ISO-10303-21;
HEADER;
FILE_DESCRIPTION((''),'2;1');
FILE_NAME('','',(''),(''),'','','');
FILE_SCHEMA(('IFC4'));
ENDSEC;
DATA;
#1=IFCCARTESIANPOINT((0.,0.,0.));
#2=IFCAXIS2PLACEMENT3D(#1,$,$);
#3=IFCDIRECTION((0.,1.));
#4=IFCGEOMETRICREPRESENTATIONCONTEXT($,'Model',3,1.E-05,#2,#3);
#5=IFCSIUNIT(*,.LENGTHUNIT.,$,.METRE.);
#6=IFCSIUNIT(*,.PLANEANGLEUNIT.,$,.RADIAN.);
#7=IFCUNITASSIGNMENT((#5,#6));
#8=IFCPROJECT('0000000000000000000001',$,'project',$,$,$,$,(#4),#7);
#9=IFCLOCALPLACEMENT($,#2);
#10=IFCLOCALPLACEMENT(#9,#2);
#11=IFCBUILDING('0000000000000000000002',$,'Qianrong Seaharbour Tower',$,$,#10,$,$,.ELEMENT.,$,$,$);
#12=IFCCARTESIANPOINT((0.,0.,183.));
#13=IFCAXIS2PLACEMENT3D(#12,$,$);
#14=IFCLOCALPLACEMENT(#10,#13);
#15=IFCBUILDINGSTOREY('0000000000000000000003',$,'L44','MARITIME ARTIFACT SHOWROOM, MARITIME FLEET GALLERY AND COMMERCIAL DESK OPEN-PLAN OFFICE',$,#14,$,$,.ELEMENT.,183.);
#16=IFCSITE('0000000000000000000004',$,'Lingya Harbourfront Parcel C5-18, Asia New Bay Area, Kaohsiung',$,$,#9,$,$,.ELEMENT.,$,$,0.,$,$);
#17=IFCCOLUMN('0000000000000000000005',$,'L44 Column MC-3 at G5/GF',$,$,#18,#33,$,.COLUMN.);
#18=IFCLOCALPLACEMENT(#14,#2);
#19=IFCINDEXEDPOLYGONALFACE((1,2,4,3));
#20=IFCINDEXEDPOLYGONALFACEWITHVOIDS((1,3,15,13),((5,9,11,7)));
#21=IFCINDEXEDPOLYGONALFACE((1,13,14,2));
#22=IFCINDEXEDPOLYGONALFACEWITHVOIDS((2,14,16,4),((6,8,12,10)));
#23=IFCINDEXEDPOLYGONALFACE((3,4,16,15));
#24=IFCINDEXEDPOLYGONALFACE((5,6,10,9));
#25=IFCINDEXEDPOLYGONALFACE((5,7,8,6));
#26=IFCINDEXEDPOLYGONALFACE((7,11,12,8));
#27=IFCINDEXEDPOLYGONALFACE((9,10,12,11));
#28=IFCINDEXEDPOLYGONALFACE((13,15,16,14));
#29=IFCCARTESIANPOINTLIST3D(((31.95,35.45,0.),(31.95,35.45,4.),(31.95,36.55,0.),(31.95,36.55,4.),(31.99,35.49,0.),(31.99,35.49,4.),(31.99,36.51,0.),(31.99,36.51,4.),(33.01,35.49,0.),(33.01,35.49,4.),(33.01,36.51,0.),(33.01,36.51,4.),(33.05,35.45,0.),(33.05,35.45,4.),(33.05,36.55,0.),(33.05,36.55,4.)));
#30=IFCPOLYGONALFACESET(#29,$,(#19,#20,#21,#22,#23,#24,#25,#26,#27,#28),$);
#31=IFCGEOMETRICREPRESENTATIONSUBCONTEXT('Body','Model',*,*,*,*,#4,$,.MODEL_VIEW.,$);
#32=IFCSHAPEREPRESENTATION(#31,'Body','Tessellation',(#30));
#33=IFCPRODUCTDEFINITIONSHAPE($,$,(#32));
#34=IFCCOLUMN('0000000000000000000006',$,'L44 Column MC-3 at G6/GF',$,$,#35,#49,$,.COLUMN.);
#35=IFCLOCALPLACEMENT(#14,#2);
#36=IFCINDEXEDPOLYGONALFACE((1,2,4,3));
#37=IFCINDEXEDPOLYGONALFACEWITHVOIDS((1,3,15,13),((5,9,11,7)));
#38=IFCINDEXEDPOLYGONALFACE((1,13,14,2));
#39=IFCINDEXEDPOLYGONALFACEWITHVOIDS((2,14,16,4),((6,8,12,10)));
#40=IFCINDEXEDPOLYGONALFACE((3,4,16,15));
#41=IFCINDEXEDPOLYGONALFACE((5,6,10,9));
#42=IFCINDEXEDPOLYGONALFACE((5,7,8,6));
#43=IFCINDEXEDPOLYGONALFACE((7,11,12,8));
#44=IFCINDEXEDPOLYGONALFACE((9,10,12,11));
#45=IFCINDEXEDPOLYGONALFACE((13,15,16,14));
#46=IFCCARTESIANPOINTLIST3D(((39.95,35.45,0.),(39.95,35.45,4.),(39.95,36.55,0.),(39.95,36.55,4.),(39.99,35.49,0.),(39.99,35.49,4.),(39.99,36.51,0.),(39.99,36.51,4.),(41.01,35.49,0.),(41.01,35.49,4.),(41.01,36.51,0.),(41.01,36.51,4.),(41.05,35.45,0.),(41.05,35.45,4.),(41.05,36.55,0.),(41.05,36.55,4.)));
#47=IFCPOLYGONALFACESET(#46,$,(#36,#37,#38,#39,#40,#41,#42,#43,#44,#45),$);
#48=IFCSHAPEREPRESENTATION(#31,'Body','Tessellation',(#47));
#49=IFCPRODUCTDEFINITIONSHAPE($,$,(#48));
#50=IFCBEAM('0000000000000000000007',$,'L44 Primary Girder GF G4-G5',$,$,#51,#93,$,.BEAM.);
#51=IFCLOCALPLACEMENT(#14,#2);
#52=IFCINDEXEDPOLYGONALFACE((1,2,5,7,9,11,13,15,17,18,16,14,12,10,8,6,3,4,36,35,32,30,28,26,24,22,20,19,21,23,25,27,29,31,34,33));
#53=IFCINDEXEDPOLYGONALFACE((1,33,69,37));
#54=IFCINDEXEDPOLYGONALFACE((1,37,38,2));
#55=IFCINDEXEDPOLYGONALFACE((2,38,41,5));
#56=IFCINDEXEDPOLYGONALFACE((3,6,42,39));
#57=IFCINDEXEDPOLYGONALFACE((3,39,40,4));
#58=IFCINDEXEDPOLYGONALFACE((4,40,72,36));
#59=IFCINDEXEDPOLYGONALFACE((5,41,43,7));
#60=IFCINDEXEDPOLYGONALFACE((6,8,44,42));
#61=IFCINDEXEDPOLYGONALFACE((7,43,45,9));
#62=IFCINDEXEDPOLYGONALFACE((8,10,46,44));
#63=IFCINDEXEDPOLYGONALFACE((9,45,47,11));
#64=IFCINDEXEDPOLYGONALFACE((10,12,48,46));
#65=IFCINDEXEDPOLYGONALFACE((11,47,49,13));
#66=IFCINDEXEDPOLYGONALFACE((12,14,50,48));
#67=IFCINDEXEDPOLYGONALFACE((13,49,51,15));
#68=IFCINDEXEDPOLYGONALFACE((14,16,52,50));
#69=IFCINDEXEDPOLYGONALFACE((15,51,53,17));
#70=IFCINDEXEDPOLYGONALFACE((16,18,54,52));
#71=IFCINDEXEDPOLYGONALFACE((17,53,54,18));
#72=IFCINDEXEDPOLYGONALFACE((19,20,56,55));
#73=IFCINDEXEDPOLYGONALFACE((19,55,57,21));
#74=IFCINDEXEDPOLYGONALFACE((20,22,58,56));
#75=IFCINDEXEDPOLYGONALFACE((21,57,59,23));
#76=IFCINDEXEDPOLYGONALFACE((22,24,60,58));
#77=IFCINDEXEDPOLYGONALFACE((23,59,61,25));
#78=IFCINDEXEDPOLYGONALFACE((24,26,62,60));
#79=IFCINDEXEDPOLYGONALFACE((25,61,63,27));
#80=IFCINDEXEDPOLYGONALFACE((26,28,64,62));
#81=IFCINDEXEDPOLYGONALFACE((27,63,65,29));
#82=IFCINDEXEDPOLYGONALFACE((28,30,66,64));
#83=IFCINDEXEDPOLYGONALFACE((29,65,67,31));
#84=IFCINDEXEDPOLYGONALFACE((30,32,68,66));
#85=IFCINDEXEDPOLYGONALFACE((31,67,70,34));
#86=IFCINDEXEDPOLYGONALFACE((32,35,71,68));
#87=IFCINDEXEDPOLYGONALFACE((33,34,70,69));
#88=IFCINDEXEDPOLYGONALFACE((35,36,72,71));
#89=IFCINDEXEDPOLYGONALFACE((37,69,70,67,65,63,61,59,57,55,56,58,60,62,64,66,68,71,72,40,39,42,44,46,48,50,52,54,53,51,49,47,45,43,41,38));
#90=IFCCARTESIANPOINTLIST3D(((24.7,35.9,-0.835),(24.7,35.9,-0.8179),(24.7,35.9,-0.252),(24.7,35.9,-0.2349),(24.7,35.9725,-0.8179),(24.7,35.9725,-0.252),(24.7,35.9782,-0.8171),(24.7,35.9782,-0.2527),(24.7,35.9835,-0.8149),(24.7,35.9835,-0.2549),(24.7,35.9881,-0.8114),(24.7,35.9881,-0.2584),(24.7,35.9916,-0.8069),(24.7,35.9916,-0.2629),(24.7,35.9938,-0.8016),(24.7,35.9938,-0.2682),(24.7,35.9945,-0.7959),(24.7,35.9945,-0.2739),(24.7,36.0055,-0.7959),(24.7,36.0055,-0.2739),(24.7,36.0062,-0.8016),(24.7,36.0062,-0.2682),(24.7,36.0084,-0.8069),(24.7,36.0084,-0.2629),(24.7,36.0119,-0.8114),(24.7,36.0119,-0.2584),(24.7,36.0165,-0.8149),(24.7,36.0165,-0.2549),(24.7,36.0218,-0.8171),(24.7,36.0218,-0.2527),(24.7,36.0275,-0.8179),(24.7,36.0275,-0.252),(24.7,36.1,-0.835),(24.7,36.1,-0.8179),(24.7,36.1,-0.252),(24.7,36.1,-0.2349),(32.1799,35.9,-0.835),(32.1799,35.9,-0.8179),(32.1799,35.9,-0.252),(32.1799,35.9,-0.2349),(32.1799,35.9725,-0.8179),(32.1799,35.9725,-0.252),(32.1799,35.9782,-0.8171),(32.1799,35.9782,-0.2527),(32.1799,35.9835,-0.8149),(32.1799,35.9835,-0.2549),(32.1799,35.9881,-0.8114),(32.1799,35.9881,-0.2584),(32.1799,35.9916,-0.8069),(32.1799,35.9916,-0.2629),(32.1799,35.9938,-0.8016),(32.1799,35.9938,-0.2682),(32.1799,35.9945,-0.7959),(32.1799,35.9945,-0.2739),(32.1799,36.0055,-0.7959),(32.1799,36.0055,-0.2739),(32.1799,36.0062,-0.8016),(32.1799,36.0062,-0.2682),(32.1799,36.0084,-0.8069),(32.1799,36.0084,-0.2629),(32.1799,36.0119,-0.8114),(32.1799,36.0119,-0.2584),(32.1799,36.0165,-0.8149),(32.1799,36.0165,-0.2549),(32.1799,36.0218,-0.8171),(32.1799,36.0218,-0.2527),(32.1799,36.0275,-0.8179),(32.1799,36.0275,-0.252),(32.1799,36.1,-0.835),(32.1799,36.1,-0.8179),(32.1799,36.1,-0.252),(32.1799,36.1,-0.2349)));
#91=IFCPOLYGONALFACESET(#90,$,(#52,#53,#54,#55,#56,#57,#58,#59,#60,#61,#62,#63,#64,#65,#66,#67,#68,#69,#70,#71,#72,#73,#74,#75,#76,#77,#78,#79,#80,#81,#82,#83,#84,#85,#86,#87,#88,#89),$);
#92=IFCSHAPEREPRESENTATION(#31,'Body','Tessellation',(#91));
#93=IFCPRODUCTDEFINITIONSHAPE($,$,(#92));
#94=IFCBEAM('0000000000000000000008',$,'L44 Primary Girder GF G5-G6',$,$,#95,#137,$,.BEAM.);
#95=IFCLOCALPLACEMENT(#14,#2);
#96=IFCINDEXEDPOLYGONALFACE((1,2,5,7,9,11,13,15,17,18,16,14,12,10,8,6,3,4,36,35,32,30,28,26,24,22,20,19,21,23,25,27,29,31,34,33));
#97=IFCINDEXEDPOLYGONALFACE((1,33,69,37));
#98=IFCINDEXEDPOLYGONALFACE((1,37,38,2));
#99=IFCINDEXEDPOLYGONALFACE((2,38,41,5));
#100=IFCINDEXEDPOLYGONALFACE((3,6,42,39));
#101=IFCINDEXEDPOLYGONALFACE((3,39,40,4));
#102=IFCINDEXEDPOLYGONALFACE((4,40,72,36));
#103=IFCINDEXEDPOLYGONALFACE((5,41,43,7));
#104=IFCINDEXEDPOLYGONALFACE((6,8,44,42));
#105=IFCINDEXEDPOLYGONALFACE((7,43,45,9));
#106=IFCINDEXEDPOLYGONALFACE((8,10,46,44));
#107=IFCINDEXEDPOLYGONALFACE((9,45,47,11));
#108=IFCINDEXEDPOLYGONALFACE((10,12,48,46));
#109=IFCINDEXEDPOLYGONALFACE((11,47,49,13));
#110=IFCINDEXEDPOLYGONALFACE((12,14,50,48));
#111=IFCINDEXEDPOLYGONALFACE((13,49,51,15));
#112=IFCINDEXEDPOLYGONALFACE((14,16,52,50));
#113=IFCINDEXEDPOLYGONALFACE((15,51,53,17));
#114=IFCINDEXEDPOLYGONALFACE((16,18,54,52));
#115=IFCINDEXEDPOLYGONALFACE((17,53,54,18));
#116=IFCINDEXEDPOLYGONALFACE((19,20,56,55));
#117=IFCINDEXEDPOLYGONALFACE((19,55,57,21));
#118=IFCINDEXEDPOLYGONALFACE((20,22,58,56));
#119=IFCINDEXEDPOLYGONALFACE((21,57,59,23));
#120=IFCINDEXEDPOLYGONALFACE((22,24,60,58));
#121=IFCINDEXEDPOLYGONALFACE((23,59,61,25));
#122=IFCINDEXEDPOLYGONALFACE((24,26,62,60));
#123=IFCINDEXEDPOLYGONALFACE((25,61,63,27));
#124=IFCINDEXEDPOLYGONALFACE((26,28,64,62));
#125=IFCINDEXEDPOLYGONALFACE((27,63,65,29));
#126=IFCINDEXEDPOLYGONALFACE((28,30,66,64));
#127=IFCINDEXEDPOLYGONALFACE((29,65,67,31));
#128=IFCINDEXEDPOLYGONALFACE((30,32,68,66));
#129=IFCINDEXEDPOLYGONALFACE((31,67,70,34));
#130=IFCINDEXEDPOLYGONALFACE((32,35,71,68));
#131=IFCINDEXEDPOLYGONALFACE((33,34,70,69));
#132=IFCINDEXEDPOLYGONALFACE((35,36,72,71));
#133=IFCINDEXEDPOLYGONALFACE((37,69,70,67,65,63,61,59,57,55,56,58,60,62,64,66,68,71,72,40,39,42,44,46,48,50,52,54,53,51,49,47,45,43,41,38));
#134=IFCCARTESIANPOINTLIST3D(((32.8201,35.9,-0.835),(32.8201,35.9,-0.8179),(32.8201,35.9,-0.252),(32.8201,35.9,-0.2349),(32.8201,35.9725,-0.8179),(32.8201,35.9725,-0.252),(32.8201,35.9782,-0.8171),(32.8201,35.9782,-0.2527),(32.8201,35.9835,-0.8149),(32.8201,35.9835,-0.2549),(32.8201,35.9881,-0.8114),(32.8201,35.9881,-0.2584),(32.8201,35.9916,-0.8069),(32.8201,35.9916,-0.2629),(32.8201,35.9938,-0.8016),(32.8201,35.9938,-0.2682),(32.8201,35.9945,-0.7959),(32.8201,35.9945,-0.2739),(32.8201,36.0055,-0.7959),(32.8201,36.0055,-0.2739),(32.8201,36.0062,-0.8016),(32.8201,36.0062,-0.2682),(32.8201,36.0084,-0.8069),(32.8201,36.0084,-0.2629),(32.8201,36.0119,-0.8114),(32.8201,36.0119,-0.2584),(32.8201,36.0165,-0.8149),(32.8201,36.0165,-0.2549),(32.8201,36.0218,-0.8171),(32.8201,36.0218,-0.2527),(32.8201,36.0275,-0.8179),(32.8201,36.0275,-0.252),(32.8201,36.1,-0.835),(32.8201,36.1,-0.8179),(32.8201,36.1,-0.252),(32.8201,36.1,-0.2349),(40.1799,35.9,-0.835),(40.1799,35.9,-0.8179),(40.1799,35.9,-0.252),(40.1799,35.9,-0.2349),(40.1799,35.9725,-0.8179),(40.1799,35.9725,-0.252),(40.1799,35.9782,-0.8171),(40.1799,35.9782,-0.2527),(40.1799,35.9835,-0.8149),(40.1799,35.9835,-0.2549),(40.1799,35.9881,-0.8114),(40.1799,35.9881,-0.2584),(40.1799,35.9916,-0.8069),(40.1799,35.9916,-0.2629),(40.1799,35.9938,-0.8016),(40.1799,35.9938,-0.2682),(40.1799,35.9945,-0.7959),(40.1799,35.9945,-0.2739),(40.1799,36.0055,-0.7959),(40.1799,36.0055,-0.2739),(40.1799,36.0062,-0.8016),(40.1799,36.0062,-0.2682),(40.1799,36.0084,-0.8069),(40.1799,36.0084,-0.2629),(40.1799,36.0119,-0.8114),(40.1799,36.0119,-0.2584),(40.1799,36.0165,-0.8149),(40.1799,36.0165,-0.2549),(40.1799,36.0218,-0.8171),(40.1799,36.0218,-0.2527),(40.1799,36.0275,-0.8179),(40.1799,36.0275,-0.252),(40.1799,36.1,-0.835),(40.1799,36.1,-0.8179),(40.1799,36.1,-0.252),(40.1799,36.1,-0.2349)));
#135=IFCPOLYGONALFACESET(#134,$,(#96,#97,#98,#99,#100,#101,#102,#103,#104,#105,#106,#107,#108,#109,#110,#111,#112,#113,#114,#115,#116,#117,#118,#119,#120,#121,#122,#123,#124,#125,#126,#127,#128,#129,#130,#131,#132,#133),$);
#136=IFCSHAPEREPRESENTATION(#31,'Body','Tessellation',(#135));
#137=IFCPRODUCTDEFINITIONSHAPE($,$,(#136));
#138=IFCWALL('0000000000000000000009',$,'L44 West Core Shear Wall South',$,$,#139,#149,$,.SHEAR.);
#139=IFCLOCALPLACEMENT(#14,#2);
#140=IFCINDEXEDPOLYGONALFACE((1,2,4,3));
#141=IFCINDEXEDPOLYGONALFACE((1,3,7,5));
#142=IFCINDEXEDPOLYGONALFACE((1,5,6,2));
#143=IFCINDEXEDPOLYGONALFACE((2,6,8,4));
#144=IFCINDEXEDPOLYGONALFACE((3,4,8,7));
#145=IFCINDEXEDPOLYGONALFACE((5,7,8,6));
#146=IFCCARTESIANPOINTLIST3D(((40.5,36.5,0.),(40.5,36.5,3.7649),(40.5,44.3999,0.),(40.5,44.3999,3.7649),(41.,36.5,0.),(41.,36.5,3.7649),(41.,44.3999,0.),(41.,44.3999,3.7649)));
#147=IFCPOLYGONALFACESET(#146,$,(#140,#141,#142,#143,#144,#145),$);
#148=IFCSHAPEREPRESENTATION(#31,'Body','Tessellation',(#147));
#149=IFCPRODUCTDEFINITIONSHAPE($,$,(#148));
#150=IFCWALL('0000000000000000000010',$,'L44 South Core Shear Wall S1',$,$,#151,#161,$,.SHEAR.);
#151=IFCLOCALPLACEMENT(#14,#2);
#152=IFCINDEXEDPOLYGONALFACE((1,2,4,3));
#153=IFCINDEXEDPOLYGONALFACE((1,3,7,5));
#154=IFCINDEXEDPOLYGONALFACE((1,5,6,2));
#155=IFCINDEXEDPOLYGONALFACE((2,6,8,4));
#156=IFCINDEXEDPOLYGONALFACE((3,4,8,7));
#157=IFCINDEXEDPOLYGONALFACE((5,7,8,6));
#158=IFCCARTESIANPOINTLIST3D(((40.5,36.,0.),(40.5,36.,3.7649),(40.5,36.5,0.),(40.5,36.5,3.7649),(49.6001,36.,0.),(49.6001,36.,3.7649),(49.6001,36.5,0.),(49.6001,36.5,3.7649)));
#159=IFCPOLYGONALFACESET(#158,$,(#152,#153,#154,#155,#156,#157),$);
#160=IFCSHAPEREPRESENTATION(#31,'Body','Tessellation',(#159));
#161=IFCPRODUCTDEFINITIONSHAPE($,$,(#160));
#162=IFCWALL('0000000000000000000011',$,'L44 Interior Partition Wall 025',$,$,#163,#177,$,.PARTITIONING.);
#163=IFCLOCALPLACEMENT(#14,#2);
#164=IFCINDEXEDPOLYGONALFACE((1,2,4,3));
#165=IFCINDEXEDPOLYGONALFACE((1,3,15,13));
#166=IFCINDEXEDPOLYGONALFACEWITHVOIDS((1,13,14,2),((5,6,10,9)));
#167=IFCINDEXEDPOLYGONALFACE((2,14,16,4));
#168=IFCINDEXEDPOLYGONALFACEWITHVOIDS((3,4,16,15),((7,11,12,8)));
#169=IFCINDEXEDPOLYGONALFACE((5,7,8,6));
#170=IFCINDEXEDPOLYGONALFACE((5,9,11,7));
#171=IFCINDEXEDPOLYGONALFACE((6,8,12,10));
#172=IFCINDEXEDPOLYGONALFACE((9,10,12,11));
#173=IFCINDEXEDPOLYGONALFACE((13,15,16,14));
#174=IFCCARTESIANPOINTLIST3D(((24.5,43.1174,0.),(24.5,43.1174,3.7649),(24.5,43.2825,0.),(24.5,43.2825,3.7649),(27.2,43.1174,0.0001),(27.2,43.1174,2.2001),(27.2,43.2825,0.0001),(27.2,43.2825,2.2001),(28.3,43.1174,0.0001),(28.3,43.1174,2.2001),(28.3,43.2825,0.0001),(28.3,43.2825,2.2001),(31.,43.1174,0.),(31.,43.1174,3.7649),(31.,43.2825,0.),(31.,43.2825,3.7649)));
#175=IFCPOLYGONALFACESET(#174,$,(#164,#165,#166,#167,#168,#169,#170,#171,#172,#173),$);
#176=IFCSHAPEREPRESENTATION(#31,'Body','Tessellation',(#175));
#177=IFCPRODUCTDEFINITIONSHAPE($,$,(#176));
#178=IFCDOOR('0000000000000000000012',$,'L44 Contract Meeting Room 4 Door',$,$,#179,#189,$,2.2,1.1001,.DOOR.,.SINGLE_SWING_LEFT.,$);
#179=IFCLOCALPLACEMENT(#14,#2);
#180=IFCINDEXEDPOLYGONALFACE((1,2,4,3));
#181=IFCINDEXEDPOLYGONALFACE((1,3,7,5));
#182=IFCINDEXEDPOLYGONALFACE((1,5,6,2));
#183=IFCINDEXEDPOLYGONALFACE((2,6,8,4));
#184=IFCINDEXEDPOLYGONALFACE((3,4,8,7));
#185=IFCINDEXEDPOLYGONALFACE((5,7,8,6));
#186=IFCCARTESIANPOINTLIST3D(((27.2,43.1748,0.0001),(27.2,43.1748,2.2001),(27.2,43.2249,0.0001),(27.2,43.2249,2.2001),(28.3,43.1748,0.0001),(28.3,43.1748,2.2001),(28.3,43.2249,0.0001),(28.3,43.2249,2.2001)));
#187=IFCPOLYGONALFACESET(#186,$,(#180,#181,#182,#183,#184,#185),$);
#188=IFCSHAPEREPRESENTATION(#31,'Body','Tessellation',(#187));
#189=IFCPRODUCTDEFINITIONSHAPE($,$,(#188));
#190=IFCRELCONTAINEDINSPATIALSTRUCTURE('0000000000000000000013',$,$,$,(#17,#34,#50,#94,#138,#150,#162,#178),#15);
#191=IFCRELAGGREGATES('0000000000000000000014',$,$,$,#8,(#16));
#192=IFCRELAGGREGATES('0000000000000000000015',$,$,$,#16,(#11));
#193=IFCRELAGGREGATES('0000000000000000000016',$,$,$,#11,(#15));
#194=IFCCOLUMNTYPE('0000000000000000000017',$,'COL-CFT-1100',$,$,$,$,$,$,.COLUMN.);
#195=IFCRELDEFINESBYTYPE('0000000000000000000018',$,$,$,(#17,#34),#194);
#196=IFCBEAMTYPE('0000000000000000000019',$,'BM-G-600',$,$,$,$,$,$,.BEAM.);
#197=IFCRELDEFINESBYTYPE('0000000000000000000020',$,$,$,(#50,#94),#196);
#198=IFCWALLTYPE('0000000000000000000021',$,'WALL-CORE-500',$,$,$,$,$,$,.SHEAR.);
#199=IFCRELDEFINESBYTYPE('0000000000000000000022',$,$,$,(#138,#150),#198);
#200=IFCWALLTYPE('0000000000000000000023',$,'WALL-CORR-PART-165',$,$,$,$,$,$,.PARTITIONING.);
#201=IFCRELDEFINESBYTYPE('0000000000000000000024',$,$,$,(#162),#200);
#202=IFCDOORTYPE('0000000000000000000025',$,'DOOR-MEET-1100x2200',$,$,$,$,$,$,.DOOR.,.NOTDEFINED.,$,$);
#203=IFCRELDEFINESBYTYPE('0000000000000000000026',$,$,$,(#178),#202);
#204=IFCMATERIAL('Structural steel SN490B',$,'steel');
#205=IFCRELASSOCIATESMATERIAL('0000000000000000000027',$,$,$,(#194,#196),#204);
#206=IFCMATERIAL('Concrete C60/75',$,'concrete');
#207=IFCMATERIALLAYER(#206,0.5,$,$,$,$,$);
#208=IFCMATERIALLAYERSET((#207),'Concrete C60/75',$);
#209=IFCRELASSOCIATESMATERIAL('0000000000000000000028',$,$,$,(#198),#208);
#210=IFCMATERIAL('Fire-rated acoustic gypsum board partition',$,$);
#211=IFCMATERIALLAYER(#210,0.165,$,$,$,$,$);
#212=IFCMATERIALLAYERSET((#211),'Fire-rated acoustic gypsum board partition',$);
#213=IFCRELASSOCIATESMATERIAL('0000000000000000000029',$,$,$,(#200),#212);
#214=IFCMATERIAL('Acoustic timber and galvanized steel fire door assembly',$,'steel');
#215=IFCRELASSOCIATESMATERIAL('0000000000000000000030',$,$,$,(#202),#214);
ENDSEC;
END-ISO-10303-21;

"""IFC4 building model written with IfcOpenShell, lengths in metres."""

from ifc_helpers import new_model, si_unit, direction, frame, frame_2d, origin, origin_2d, place, context, subcontext, project, spatial, rectangle, hollow_rectangle, i_section, extrude, material, layer, layer_set, material_profile, profile_set, type_object, element, fill, save


model = new_model("IFC4")

# Units and contexts
model_context = context("Model", 3, precision=1e-05, world=origin(), true_north=direction((0.0, 1.0)))
body_context = subcontext(model_context, "Body", "Model", "MODEL_VIEW")
ifc_project = project(units=[si_unit("LENGTHUNIT", "METRE"), si_unit("PLANEANGLEUNIT", "RADIAN")], contexts=[model_context])

# Site, building, storey
site_placement = place(None, origin())
site = spatial("IfcSite", under=ifc_project, at=site_placement, Name="Lingya Harbourfront Parcel C5-18, Asia New Bay Area, Kaohsiung", CompositionType="ELEMENT", RefElevation=0.0)
building_placement = place(site_placement, origin())
building = spatial("IfcBuilding", under=site, at=building_placement, Name="Qianrong Seaharbour Tower", CompositionType="ELEMENT")
storey_placement = place(building_placement, frame((0.0, 0.0, 183.0)))
storey = spatial("IfcBuildingStorey", under=building, at=storey_placement, Name="L44", Description="MARITIME ARTIFACT SHOWROOM, MARITIME FLEET GALLERY AND COMMERCIAL DESK OPEN-PLAN OFFICE", CompositionType="ELEMENT", Elevation=183.0)

# Columns
ifc_material_1 = material(Name="Structural steel SN490B", Category="steel")
ifc_material_profile_1 = material_profile(ifc_material_1, hollow_rectangle(XDim=1.1001, YDim=1.1001, WallThickness=0.04, at=origin_2d()), Name="BOX1100x1100x40")
ifc_profile_set_1 = profile_set([ifc_material_profile_1], Name="Structural steel SN490B")
column_type = type_object("IfcColumnType", Name="COL-CFT-1100", PredefinedType="COLUMN", material=ifc_profile_set_1)
for number, where, z_axis, x_axis, name in (
    (1, (32.5, 36.0, 0.0), (0.0, 0.0, 1.0), (1.0, 0.0, 0.0), "L44 Column MC-3 at G5/GF"),
    (2, (40.5, 36.0, 0.0), (0.0, 0.0, 1.0), (1.0, 0.0, 0.0), "L44 Column MC-3 at G6/GF"),
):
    element("IfcColumn", number, at=place(storey_placement, frame(where, z_axis=z_axis, x_axis=x_axis)), inside=storey, type_object=column_type, Name=name, PredefinedType="COLUMN", context=body_context, shape_type="SweptSolid", body=[
        extrude(hollow_rectangle(XDim=1.1001, YDim=1.1001, WallThickness=0.04, at=origin_2d()), origin(), (0.0, 0.0, 1.0), 4.0),
    ])

# Beams
ifc_material_profile_2 = material_profile(ifc_material_1, i_section(OverallWidth=0.2, OverallDepth=0.6001, WebThickness=0.011, FlangeThickness=0.0171, FilletRadius=0.022, at=origin_2d()), Name="H600x200x11x17")
ifc_profile_set_2 = profile_set([ifc_material_profile_2], Name="Structural steel SN490B")
beam_type = type_object("IfcBeamType", Name="BM-G-600", PredefinedType="BEAM", material=ifc_profile_set_2)
beam_1_placement = place(storey_placement, frame((24.7, 36.0, -0.5349), z_axis=(1.0, 0.0, 0.0), x_axis=(0.0, 1.0, 0.0)))
element("IfcBeam", 3, at=beam_1_placement, inside=storey, type_object=beam_type, Name="L44 Primary Girder GF G4-G5", PredefinedType="BEAM", context=body_context, shape_type="SweptSolid", body=[
    extrude(i_section(OverallWidth=0.2, OverallDepth=0.6001, WebThickness=0.011, FlangeThickness=0.0171, FilletRadius=0.022, at=origin_2d()), origin(), (0.0, 0.0, 1.0), 7.48),
])
beam_2_placement = place(storey_placement, frame((32.8201, 36.0, -0.5349), z_axis=(1.0, 0.0, 0.0), x_axis=(0.0, 1.0, 0.0)))
element("IfcBeam", 4, at=beam_2_placement, inside=storey, type_object=beam_type, Name="L44 Primary Girder GF G5-G6", PredefinedType="BEAM", context=body_context, shape_type="SweptSolid", body=[
    extrude(i_section(OverallWidth=0.2, OverallDepth=0.6001, WebThickness=0.011, FlangeThickness=0.0171, FilletRadius=0.022, at=origin_2d()), origin(), (0.0, 0.0, 1.0), 7.3599),
])

# Walls
ifc_material_2 = material(Name="Concrete C60/75", Category="concrete")
ifc_layer_1 = layer(ifc_material_2, 0.5)
ifc_layer_set_1 = layer_set([ifc_layer_1], Name="Concrete C60/75")
wall_type_1 = type_object("IfcWallType", Name="WALL-CORE-500", PredefinedType="SHEAR", material=ifc_layer_set_1)
wall_1_placement = place(storey_placement, frame((40.75, 36.5, 0.0), z_axis=(0.0, 0.0, 1.0), x_axis=(0.0, 1.0, 0.0)))
element("IfcWall", 5, at=wall_1_placement, inside=storey, type_object=wall_type_1, Name="L44 West Core Shear Wall South", PredefinedType="SHEAR", context=body_context, shape_type="SweptSolid", body=[
    extrude(rectangle(XDim=7.8999, YDim=0.5, at=frame_2d((3.95, 0.0))), origin(), (0.0, 0.0, 1.0), 3.7649),
])
wall_2_placement = place(storey_placement, frame((40.5, 36.25, 0.0), z_axis=(0.0, 0.0, 1.0), x_axis=(1.0, 0.0, 0.0)))
element("IfcWall", 6, at=wall_2_placement, inside=storey, type_object=wall_type_1, Name="L44 South Core Shear Wall S1", PredefinedType="SHEAR", context=body_context, shape_type="SweptSolid", body=[
    extrude(rectangle(XDim=9.1001, YDim=0.5, at=frame_2d((4.55, 0.0))), origin(), (0.0, 0.0, 1.0), 3.7649),
])

# Wall, opening, door
ifc_material_3 = material(Name="Fire-rated acoustic gypsum board partition")
ifc_layer_2 = layer(ifc_material_3, 0.165)
ifc_layer_set_2 = layer_set([ifc_layer_2], Name="Fire-rated acoustic gypsum board partition")
wall_type_2 = type_object("IfcWallType", Name="WALL-CORR-PART-165", PredefinedType="PARTITIONING", material=ifc_layer_set_2)
wall_3_placement = place(storey_placement, frame((24.5, 43.2, 0.0), z_axis=(0.0, 0.0, 1.0), x_axis=(1.0, 0.0, 0.0)))
wall_3 = element("IfcWall", 7, at=wall_3_placement, inside=storey, type_object=wall_type_2, Name="L44 Interior Partition Wall 025", PredefinedType="PARTITIONING", context=body_context, shape_type="SweptSolid", body=[
    extrude(rectangle(XDim=6.5, YDim=0.165, at=frame_2d((3.25, 0.0))), origin(), (0.0, 0.0, 1.0), 3.7649),
])
opening_1_placement = place(wall_3_placement, frame((2.7, 0.0, 0.0)))
opening_1 = element("IfcOpeningElement", 8, at=opening_1_placement, cuts=wall_3, PredefinedType="OPENING", context=body_context, shape_type="SweptSolid", body=[
    extrude(rectangle(XDim=1.1001, YDim=2.2, at=frame_2d((0.55, 1.1001))), frame((0.0, 0.0925, 0.0), z_axis=(0.0, -1.0, 0.0), x_axis=(1.0, 0.0, 0.0)), (0.0, 0.0, 1.0), 0.1851),
])
ifc_material_4 = material(Name="Acoustic timber and galvanized steel fire door assembly", Category="steel")
door_type_1 = type_object("IfcDoorType", Name="DOOR-MEET-1100x2200", OperationType="NOTDEFINED", PredefinedType="DOOR", material=ifc_material_4)
door_1_placement = place(opening_1_placement, origin())
door_1 = element("IfcDoor", 9, at=door_1_placement, inside=storey, type_object=door_type_1, Name="L44 Contract Meeting Room 4 Door", OperationType="SINGLE_SWING_LEFT", OverallHeight=2.2, OverallWidth=1.1001, PredefinedType="DOOR", context=body_context, shape_type="SweptSolid", body=[
    extrude(rectangle(XDim=1.1001, YDim=2.2, at=frame_2d((0.55, 1.1001))), frame((0.0, 0.0249, 0.0), z_axis=(0.0, -1.0, 0.0), x_axis=(1.0, 0.0, 0.0)), (0.0, 0.0, 1.0), 0.05),
])
fill(opening_1, door_1)

save(model, "model.ifc")
